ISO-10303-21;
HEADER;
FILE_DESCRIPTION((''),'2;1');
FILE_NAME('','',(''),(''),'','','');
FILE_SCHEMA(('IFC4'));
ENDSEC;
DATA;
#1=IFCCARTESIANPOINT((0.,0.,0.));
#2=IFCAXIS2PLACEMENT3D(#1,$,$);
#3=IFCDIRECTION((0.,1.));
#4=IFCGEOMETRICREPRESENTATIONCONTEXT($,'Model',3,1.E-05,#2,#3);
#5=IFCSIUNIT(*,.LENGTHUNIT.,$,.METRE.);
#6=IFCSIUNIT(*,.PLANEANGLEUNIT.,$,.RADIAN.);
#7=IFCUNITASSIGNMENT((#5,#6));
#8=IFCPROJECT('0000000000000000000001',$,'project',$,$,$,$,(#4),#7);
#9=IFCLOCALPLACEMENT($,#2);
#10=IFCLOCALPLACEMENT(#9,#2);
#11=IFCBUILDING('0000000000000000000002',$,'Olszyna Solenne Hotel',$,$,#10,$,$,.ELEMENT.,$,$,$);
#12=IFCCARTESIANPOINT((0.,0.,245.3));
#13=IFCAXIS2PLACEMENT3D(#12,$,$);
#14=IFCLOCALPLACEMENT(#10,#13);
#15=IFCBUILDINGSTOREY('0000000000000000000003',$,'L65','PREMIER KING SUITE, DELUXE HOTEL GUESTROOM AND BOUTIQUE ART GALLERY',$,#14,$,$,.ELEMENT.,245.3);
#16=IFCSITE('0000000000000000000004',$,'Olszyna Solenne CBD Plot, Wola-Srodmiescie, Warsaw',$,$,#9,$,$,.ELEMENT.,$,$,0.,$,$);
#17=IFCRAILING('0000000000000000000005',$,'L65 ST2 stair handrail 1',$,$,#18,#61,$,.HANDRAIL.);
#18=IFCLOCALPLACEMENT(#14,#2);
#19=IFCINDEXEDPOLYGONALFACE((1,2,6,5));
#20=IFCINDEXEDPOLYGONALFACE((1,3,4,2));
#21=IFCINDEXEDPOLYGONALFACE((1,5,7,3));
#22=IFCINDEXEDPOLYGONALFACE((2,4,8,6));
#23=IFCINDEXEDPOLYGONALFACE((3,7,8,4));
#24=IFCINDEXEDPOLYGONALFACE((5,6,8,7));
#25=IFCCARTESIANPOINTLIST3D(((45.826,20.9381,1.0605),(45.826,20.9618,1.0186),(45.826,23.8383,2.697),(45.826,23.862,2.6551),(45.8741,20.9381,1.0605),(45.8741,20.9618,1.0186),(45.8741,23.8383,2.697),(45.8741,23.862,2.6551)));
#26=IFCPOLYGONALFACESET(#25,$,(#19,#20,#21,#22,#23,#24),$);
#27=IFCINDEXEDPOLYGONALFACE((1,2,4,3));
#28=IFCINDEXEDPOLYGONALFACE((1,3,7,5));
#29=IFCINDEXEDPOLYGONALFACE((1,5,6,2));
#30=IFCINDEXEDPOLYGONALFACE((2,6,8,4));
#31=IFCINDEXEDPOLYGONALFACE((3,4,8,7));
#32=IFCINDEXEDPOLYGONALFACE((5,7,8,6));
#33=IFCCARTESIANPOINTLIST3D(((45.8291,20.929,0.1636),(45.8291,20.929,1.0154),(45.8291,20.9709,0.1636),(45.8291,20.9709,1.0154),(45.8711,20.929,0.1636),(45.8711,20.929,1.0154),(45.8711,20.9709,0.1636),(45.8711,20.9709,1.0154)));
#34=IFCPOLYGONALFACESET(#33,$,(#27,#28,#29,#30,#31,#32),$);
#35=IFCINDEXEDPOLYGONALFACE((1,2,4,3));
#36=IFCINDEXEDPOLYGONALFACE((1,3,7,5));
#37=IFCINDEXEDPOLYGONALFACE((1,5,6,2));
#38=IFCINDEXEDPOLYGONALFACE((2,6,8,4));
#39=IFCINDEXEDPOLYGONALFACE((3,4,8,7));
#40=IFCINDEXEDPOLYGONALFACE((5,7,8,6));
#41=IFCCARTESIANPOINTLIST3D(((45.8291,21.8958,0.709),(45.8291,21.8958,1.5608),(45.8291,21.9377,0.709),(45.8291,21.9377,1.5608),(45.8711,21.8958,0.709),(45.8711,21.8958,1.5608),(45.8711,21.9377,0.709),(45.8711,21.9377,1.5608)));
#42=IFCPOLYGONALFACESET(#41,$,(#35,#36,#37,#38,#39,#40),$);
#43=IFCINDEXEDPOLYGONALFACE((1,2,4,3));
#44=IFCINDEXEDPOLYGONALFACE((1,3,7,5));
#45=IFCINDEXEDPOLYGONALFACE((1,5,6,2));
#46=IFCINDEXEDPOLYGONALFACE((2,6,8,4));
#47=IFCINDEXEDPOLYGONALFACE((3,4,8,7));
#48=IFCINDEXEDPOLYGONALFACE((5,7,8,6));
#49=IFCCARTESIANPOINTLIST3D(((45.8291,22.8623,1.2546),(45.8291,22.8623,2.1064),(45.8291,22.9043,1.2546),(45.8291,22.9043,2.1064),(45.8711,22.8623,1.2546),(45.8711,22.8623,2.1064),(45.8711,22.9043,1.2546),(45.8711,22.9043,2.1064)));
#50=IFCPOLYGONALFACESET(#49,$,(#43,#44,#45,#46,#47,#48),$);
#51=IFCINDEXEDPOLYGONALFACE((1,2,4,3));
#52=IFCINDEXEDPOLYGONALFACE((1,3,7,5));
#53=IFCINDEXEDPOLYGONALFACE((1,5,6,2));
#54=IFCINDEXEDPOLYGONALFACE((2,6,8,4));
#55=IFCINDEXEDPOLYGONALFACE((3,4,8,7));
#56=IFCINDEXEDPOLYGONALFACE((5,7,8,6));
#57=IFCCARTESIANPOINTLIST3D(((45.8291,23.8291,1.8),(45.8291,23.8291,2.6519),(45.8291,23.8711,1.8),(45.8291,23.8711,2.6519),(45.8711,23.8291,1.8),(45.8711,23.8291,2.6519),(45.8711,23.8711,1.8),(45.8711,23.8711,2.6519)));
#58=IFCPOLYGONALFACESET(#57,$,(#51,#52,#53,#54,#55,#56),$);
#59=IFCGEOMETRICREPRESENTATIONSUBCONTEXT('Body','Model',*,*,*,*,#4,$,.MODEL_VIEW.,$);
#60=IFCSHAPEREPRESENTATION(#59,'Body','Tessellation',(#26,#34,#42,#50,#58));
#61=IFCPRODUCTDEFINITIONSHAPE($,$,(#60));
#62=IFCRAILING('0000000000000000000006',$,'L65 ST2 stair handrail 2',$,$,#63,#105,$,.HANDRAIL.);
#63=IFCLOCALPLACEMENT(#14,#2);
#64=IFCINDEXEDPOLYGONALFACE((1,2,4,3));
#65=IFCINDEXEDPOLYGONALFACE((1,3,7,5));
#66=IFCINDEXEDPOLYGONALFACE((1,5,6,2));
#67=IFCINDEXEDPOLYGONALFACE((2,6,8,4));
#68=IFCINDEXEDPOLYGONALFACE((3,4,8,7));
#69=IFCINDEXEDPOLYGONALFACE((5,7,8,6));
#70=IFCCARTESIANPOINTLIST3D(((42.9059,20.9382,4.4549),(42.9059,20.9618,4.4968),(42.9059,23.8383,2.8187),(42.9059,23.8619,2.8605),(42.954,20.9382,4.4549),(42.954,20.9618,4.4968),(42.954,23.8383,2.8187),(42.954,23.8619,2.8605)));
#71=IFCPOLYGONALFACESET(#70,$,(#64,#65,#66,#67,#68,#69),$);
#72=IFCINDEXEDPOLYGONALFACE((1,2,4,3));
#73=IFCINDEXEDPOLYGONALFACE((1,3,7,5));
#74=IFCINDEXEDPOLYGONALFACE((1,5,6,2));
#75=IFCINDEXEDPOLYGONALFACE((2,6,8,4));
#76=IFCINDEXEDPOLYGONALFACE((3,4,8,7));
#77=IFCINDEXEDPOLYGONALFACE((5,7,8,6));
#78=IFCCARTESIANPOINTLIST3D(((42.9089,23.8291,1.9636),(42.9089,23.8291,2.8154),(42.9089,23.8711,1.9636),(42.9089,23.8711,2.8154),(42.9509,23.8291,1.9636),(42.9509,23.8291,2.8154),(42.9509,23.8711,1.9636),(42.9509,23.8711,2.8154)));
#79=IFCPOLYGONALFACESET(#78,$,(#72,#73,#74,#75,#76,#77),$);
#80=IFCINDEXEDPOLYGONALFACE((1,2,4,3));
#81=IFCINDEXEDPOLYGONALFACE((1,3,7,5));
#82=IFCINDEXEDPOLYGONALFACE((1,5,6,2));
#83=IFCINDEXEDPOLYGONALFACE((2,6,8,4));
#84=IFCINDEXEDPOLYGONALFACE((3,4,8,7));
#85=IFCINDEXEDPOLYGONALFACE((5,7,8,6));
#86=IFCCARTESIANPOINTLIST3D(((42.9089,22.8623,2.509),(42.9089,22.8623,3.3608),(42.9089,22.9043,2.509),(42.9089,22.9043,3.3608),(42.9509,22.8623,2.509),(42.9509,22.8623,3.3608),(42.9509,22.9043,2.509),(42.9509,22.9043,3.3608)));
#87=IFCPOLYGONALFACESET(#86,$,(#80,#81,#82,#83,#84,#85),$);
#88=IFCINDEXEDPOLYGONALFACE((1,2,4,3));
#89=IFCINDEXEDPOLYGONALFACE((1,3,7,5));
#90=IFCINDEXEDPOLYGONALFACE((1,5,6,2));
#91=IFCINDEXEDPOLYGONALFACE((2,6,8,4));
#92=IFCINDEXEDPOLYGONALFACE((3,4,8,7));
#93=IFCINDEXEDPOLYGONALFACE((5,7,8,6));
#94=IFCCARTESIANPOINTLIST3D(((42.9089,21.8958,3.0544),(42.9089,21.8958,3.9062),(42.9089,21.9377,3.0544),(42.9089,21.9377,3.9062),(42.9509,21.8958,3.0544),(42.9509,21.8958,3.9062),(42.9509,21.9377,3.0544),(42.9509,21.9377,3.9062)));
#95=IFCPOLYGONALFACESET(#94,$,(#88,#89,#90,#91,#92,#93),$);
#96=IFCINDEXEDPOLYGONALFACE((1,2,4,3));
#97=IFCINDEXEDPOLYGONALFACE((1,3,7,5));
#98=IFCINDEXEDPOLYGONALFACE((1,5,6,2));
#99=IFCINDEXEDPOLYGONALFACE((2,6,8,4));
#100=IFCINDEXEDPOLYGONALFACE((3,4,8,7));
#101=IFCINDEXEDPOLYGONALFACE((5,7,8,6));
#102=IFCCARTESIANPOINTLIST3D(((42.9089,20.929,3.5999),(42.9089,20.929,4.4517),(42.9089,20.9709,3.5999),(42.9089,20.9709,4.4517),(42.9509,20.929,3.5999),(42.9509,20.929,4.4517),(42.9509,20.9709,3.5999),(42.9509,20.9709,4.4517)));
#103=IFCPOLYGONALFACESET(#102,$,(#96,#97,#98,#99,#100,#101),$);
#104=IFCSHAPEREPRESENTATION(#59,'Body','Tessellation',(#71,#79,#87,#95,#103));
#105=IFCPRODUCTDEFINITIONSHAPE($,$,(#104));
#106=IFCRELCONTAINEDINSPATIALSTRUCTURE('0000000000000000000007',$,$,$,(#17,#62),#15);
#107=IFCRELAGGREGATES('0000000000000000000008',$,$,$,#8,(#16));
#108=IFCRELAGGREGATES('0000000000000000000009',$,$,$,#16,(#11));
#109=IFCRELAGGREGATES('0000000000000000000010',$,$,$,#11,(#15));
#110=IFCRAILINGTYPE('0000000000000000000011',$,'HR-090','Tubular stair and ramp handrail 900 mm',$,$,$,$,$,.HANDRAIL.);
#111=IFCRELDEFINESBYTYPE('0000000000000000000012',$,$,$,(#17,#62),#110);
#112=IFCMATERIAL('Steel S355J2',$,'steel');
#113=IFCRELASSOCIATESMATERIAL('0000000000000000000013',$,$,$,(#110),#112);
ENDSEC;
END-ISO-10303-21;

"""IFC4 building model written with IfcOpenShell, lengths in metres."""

from ifc_helpers import new_model, si_unit, direction, frame, origin, origin_2d, place, context, subcontext, project, spatial, rectangle, extrude, material, type_object, element, save


model = new_model("IFC4")

# Units and contexts
model_context = context("Model", 3, precision=1e-05, world=origin(), true_north=direction((0.0, 1.0)))
body_context = subcontext(model_context, "Body", "Model", "MODEL_VIEW")
ifc_project = project(units=[si_unit("LENGTHUNIT", "METRE"), si_unit("PLANEANGLEUNIT", "RADIAN")], contexts=[model_context])

# Site, building, storey
site_placement = place(None, origin())
site = spatial("IfcSite", under=ifc_project, at=site_placement, Name="Olszyna Solenne CBD Plot, Wola-Srodmiescie, Warsaw", CompositionType="ELEMENT", RefElevation=0.0)
building_placement = place(site_placement, origin())
building = spatial("IfcBuilding", under=site, at=building_placement, Name="Olszyna Solenne Hotel", CompositionType="ELEMENT")
storey_placement = place(building_placement, frame((0.0, 0.0, 245.3)))
storey = spatial("IfcBuildingStorey", under=building, at=storey_placement, Name="L65", Description="PREMIER KING SUITE, DELUXE HOTEL GUESTROOM AND BOUTIQUE ART GALLERY", CompositionType="ELEMENT", Elevation=245.3)

# Shared definitions
ifc_material_1 = material(Name="Steel S355J2", Category="steel")

# Railings
railing_type_1 = type_object("IfcRailingType", Name="HR-090", Description="Tubular stair and ramp handrail 900 mm", PredefinedType="HANDRAIL", material=ifc_material_1)
railing_1_placement = place(storey_placement, frame((45.8501, 20.95, 0.1636)))
element("IfcRailing", 1, at=railing_1_placement, inside=storey, type_object=railing_type_1, Name="L65 ST2 stair handrail 1", PredefinedType="HANDRAIL", context=body_context, shape_type="SweptSolid", body=[
    extrude(rectangle(XDim=0.0481, YDim=0.0481, at=origin_2d()), frame((0.0, 0.0, 0.876), z_axis=(0.0, 0.870915, 0.491434), x_axis=(-1.0, 0.0, 0.0)), (0.0, 0.0, 1.0), 3.3301),
    extrude(rectangle(XDim=0.042, YDim=0.042, at=origin_2d()), origin(), (0.0, 0.0, 1.0), 0.8518),
    extrude(rectangle(XDim=0.042, YDim=0.042, at=origin_2d()), frame((0.0, 0.9668, 0.5454)), (0.0, 0.0, 1.0), 0.8518),
    extrude(rectangle(XDim=0.042, YDim=0.042, at=origin_2d()), frame((0.0, 1.9333, 1.0911)), (0.0, 0.0, 1.0), 0.8518),
    extrude(rectangle(XDim=0.042, YDim=0.042, at=origin_2d()), frame((0.0, 2.9001, 1.6365)), (0.0, 0.0, 1.0), 0.8518),
])
railing_2_placement = place(storey_placement, frame((42.9299, 23.8501, 1.9636)))
element("IfcRailing", 2, at=railing_2_placement, inside=storey, type_object=railing_type_1, Name="L65 ST2 stair handrail 2", PredefinedType="HANDRAIL", context=body_context, shape_type="SweptSolid", body=[
    extrude(rectangle(XDim=0.0481, YDim=0.0481, at=origin_2d()), frame((0.0, 0.0, 0.876), z_axis=(0.0, -0.870946, 0.491378), x_axis=(1.0, 0.0, 0.0)), (0.0, 0.0, 1.0), 3.3298),
    extrude(rectangle(XDim=0.042, YDim=0.042, at=origin_2d()), origin(), (0.0, 0.0, 1.0), 0.8518),
    extrude(rectangle(XDim=0.042, YDim=0.042, at=origin_2d()), frame((0.0, -0.9668, 0.5454)), (0.0, 0.0, 1.0), 0.8518),
    extrude(rectangle(XDim=0.042, YDim=0.042, at=origin_2d()), frame((0.0, -1.9333, 1.0908)), (0.0, 0.0, 1.0), 0.8518),
    extrude(rectangle(XDim=0.042, YDim=0.042, at=origin_2d()), frame((0.0, -2.9001, 1.6362)), (0.0, 0.0, 1.0), 0.8518),
])

save(model, "model.ifc")
